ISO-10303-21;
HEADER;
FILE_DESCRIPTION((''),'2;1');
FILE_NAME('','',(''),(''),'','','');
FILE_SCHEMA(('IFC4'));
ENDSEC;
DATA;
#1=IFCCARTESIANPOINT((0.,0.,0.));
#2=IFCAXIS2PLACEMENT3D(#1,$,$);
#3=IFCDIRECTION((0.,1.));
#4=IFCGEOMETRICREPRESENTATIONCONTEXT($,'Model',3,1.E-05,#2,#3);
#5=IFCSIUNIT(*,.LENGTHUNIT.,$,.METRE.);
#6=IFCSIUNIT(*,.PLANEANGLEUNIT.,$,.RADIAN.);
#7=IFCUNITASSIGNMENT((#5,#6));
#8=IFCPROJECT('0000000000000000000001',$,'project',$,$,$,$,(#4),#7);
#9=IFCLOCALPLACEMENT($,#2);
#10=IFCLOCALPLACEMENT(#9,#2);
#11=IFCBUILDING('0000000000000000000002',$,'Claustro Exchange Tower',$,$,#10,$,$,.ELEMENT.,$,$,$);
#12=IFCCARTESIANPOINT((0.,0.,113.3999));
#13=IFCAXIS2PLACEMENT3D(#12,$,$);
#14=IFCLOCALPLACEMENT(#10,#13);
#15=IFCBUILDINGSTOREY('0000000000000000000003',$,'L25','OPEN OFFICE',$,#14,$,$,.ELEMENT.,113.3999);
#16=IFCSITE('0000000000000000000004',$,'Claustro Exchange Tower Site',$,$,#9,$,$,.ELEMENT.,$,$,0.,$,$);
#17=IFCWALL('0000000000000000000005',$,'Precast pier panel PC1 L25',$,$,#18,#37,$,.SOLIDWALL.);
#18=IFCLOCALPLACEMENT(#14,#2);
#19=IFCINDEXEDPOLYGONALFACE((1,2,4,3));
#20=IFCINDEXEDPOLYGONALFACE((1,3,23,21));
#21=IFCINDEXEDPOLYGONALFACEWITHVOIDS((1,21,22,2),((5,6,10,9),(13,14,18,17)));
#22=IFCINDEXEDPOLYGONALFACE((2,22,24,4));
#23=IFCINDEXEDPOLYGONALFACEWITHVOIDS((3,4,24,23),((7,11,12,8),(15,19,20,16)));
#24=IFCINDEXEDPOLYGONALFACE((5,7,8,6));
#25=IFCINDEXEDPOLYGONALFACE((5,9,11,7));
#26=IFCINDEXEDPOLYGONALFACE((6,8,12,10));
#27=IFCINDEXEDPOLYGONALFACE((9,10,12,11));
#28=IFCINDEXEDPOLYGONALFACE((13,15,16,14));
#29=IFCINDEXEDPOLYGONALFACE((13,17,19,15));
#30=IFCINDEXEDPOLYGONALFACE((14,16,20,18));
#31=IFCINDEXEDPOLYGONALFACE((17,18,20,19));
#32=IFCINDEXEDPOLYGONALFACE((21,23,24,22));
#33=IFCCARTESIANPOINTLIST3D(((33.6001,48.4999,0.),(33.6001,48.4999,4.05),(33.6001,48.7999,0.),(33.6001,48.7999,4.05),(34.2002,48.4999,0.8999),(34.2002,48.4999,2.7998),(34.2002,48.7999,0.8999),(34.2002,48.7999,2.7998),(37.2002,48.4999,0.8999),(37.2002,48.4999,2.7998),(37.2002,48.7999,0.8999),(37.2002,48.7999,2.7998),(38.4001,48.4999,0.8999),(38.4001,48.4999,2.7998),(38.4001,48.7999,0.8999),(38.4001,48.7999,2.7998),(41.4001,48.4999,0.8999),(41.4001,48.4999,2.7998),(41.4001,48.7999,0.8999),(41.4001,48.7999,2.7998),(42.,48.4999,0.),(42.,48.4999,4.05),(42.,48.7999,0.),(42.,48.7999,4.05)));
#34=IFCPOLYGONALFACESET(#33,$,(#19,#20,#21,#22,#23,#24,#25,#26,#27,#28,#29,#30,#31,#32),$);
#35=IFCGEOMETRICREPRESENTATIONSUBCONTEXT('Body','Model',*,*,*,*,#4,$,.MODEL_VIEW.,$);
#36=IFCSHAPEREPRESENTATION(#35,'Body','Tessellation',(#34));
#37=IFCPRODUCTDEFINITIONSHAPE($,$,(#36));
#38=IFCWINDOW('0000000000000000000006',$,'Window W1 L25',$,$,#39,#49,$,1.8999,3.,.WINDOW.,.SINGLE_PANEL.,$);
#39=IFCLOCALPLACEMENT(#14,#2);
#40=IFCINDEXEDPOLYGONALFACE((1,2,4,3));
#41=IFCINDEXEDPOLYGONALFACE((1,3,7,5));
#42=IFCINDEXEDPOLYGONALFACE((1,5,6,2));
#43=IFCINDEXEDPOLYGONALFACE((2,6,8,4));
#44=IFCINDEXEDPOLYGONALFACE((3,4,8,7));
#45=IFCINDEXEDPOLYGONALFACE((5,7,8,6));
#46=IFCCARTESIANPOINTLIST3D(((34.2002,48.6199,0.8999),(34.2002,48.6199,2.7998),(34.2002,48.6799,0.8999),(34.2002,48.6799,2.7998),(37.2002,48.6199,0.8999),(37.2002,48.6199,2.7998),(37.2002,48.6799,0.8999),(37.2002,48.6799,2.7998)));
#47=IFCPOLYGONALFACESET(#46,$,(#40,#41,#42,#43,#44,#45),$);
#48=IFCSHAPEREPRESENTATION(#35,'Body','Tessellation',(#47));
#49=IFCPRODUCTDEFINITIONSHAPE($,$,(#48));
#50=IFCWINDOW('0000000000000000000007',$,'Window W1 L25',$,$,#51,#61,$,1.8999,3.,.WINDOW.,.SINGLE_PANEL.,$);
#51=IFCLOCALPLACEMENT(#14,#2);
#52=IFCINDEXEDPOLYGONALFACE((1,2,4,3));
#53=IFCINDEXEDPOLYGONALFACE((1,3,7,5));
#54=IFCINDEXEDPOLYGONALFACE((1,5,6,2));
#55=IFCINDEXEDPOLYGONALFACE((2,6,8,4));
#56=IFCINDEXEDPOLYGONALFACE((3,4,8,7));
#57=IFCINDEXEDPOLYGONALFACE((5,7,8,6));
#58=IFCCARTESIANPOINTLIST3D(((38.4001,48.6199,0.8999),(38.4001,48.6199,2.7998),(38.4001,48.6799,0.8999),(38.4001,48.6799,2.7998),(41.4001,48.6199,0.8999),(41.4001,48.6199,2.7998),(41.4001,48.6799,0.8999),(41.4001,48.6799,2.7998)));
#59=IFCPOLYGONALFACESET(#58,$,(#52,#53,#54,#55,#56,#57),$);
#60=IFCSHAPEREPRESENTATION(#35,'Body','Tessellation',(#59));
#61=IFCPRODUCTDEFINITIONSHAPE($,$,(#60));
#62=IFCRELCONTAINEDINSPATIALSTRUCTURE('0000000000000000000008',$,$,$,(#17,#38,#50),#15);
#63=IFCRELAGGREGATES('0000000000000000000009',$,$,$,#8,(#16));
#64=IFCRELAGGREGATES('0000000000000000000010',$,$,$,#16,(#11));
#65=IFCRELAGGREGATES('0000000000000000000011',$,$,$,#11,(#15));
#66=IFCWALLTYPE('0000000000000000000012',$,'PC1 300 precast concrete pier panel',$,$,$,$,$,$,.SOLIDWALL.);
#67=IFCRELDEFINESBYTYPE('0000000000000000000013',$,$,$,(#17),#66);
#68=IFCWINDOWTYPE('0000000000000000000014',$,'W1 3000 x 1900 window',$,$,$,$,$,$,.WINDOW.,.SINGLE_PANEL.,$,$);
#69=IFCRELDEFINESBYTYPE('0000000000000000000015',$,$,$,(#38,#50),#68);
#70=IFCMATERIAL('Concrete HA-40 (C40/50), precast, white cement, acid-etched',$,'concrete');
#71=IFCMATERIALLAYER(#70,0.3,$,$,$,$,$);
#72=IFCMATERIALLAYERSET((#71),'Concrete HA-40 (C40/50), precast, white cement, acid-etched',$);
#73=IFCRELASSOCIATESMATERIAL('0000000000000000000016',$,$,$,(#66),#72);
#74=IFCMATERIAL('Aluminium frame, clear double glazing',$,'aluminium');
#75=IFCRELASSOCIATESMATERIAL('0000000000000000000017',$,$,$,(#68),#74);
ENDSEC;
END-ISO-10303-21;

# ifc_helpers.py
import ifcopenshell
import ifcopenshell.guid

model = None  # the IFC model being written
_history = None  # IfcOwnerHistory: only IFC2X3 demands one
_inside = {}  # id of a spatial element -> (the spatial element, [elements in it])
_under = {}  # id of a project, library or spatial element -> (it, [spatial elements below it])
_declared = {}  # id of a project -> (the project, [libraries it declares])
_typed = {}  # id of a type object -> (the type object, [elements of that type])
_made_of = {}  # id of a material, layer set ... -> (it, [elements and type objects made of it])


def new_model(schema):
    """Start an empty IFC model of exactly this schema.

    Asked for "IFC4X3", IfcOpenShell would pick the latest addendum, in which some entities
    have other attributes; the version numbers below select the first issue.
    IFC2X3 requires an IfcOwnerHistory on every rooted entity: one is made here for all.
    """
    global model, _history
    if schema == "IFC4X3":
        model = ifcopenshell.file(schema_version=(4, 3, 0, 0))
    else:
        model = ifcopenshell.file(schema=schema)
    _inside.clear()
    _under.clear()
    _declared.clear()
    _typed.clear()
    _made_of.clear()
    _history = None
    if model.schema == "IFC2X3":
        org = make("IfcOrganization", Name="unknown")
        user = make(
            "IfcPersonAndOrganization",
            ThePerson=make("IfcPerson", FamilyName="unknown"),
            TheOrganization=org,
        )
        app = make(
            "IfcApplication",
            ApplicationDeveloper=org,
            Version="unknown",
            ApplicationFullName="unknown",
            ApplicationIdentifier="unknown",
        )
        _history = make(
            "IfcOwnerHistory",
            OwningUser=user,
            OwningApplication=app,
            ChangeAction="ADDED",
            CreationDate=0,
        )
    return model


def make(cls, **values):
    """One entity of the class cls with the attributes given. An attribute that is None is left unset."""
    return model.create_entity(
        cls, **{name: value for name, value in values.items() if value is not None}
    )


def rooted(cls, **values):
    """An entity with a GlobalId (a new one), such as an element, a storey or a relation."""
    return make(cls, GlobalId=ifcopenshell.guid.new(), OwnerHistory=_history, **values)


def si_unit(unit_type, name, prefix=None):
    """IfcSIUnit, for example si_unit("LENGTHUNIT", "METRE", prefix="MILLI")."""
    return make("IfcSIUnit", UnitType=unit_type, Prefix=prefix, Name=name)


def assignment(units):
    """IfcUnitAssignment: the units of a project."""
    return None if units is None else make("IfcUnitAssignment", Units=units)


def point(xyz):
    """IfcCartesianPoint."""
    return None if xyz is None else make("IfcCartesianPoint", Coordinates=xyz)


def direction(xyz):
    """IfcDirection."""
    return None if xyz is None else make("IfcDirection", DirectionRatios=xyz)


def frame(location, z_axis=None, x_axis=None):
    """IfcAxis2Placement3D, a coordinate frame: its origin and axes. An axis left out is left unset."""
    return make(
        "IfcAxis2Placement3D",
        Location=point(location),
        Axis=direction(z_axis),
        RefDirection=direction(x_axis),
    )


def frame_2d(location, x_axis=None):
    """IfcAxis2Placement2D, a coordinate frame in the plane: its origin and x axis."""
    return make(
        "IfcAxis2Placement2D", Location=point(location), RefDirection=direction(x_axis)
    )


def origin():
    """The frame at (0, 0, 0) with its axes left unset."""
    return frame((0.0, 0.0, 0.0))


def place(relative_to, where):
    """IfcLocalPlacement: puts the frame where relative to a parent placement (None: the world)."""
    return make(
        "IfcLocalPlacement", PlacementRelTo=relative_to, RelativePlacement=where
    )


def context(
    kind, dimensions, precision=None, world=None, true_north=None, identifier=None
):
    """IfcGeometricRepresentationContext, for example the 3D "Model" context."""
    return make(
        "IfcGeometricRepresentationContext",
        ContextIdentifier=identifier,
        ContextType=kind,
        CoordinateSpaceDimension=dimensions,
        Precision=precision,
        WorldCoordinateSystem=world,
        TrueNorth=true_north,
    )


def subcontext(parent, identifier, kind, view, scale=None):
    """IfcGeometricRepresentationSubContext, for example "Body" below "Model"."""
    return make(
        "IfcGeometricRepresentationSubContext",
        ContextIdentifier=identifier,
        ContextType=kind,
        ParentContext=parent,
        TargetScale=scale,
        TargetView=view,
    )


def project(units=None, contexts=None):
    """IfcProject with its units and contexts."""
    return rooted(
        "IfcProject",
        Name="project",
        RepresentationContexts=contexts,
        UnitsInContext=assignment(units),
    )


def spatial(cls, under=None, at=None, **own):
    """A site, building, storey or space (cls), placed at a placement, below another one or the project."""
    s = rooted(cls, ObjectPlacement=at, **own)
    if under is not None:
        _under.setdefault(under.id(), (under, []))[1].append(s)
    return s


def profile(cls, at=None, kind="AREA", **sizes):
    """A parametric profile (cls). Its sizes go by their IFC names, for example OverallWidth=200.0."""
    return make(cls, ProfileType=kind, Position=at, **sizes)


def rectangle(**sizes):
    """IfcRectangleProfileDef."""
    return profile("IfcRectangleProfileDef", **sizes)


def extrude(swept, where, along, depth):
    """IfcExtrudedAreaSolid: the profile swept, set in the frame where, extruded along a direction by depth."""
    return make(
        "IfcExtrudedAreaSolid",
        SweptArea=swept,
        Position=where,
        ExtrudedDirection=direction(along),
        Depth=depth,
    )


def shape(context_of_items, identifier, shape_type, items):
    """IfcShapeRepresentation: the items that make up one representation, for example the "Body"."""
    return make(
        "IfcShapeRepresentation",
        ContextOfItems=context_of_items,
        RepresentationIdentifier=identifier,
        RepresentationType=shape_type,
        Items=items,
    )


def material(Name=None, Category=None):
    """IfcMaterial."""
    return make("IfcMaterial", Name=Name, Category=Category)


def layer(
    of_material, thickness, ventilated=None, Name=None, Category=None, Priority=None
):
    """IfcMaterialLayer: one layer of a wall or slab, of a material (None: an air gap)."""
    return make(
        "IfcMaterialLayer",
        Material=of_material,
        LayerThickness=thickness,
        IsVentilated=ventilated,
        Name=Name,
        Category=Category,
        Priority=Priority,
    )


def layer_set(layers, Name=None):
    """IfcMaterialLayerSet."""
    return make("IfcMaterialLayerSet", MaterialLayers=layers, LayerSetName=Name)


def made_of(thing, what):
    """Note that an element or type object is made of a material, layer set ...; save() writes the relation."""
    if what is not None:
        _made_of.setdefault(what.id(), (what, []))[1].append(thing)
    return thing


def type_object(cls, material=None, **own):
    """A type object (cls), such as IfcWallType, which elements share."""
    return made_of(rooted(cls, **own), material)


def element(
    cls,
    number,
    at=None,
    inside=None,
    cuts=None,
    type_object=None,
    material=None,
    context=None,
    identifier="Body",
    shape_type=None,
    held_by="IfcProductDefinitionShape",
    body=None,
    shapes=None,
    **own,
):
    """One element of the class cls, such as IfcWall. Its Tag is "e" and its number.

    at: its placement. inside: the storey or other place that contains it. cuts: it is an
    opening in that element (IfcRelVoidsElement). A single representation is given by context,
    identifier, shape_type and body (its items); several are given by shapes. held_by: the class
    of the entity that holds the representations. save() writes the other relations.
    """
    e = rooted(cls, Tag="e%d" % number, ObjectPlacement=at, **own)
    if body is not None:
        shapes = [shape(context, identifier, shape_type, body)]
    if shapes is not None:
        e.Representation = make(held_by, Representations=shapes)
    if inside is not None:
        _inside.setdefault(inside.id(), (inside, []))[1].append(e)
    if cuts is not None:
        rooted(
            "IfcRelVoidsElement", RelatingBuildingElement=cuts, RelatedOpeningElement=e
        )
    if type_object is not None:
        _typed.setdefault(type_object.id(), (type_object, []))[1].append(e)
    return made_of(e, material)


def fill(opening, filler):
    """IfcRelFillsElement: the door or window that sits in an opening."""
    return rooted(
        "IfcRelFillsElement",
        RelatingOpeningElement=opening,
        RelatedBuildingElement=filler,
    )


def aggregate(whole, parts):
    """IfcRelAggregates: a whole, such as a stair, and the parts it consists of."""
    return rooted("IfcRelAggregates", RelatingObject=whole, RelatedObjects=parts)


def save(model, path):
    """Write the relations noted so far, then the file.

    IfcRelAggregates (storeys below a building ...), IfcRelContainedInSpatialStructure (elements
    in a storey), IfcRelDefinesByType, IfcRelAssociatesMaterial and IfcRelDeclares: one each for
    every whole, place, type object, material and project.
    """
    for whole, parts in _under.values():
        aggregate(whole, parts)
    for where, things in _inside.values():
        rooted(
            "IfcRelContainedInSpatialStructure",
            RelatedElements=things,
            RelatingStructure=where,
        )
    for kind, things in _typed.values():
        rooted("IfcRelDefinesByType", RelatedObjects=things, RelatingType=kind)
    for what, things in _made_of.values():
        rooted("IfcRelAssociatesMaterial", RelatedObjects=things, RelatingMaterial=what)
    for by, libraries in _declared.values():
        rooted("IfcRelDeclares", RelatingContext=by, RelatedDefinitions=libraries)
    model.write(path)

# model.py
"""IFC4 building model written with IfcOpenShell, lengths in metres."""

from ifc_helpers import new_model, si_unit, direction, frame, frame_2d, origin, place, context, subcontext, project, spatial, rectangle, extrude, material, layer, layer_set, type_object, element, fill, save


model = new_model("IFC4")

# Units and contexts
model_context = context("Model", 3, precision=1e-05, world=origin(), true_north=direction((0.0, 1.0)))
body_context = subcontext(model_context, "Body", "Model", "MODEL_VIEW")
ifc_project = project(units=[si_unit("LENGTHUNIT", "METRE"), si_unit("PLANEANGLEUNIT", "RADIAN")], contexts=[model_context])

# Site, building, storey
site_placement = place(None, origin())
site = spatial("IfcSite", under=ifc_project, at=site_placement, Name="Claustro Exchange Tower Site", CompositionType="ELEMENT", RefElevation=0.0)
building_placement = place(site_placement, origin())
building = spatial("IfcBuilding", under=site, at=building_placement, Name="Claustro Exchange Tower", CompositionType="ELEMENT")
storey_placement = place(building_placement, frame((0.0, 0.0, 113.3999)))
storey = spatial("IfcBuildingStorey", under=building, at=storey_placement, Name="L25", Description="OPEN OFFICE", CompositionType="ELEMENT", Elevation=113.3999)

# Wall, openings, windows
ifc_material_1 = material(Name="Concrete HA-40 (C40/50), precast, white cement, acid-etched", Category="concrete")
ifc_layer_1 = layer(ifc_material_1, 0.3)
ifc_layer_set_1 = layer_set([ifc_layer_1], Name="Concrete HA-40 (C40/50), precast, white cement, acid-etched")
wall_type_1 = type_object("IfcWallType", Name="PC1 300 precast concrete pier panel", PredefinedType="SOLIDWALL", material=ifc_layer_set_1)
ifc_material_2 = material(Name="Aluminium frame, clear double glazing", Category="aluminium")
window_type = type_object("IfcWindowType", Name="W1 3000 x 1900 window", PartitioningType="SINGLE_PANEL", PredefinedType="WINDOW", material=ifc_material_2)
wall_1_placement = place(storey_placement, frame((33.6001, 48.6499, 0.0), z_axis=(0.0, 0.0, 1.0), x_axis=(1.0, 0.0, 0.0)))
wall_1 = element("IfcWall", 1, at=wall_1_placement, inside=storey, type_object=wall_type_1, Name="Precast pier panel PC1 L25", PredefinedType="SOLIDWALL", context=body_context, shape_type="SweptSolid", body=[
    extrude(rectangle(XDim=8.3999, YDim=0.3, at=frame_2d((4.2, 0.0))), origin(), (0.0, 0.0, 1.0), 4.05),
])
opening_1_placement = place(wall_1_placement, frame((0.6001, 0.0, 0.8999)))
opening_1 = element("IfcOpeningElement", 2, at=opening_1_placement, cuts=wall_1, PredefinedType="OPENING", context=body_context, shape_type="SweptSolid", body=[
    extrude(rectangle(XDim=3.0, YDim=1.8999, at=frame_2d((1.5, 0.95))), frame((0.0, 0.1599, 0.0), z_axis=(0.0, -1.0, 0.0), x_axis=(1.0, 0.0, 0.0)), (0.0, 0.0, 1.0), 0.3201),
])
opening_2_placement = place(wall_1_placement, frame((4.8, 0.0, 0.8999)))
opening_2 = element("IfcOpeningElement", 3, at=opening_2_placement, cuts=wall_1, PredefinedType="OPENING", context=body_context, shape_type="SweptSolid", body=[
    extrude(rectangle(XDim=3.0, YDim=1.8999, at=frame_2d((1.5, 0.95))), frame((0.0, 0.1599, 0.0), z_axis=(0.0, -1.0, 0.0), x_axis=(1.0, 0.0, 0.0)), (0.0, 0.0, 1.0), 0.3201),
])
window_1_placement = place(opening_1_placement, origin())
window_1 = element("IfcWindow", 4, at=window_1_placement, inside=storey, type_object=window_type, Name="Window W1 L25", OverallHeight=1.8999, OverallWidth=3.0, PartitioningType="SINGLE_PANEL", PredefinedType="WINDOW", context=body_context, shape_type="SweptSolid", body=[
    extrude(rectangle(XDim=3.0, YDim=1.8999, at=frame_2d((1.5, 0.95))), frame((0.0, 0.03, 0.0), z_axis=(0.0, -1.0, 0.0), x_axis=(1.0, 0.0, 0.0)), (0.0, 0.0, 1.0), 0.0601),
])
fill(opening_1, window_1)
window_2_placement = place(opening_2_placement, origin())
window_2 = element("IfcWindow", 5, at=window_2_placement, inside=storey, type_object=window_type, Name="Window W1 L25", OverallHeight=1.8999, OverallWidth=3.0, PartitioningType="SINGLE_PANEL", PredefinedType="WINDOW", context=body_context, shape_type="SweptSolid", body=[
    extrude(rectangle(XDim=3.0, YDim=1.8999, at=frame_2d((1.5, 0.95))), frame((0.0, 0.03, 0.0), z_axis=(0.0, -1.0, 0.0), x_axis=(1.0, 0.0, 0.0)), (0.0, 0.0, 1.0), 0.0601),
])
fill(opening_2, window_2)

save(model, "model.ifc")
